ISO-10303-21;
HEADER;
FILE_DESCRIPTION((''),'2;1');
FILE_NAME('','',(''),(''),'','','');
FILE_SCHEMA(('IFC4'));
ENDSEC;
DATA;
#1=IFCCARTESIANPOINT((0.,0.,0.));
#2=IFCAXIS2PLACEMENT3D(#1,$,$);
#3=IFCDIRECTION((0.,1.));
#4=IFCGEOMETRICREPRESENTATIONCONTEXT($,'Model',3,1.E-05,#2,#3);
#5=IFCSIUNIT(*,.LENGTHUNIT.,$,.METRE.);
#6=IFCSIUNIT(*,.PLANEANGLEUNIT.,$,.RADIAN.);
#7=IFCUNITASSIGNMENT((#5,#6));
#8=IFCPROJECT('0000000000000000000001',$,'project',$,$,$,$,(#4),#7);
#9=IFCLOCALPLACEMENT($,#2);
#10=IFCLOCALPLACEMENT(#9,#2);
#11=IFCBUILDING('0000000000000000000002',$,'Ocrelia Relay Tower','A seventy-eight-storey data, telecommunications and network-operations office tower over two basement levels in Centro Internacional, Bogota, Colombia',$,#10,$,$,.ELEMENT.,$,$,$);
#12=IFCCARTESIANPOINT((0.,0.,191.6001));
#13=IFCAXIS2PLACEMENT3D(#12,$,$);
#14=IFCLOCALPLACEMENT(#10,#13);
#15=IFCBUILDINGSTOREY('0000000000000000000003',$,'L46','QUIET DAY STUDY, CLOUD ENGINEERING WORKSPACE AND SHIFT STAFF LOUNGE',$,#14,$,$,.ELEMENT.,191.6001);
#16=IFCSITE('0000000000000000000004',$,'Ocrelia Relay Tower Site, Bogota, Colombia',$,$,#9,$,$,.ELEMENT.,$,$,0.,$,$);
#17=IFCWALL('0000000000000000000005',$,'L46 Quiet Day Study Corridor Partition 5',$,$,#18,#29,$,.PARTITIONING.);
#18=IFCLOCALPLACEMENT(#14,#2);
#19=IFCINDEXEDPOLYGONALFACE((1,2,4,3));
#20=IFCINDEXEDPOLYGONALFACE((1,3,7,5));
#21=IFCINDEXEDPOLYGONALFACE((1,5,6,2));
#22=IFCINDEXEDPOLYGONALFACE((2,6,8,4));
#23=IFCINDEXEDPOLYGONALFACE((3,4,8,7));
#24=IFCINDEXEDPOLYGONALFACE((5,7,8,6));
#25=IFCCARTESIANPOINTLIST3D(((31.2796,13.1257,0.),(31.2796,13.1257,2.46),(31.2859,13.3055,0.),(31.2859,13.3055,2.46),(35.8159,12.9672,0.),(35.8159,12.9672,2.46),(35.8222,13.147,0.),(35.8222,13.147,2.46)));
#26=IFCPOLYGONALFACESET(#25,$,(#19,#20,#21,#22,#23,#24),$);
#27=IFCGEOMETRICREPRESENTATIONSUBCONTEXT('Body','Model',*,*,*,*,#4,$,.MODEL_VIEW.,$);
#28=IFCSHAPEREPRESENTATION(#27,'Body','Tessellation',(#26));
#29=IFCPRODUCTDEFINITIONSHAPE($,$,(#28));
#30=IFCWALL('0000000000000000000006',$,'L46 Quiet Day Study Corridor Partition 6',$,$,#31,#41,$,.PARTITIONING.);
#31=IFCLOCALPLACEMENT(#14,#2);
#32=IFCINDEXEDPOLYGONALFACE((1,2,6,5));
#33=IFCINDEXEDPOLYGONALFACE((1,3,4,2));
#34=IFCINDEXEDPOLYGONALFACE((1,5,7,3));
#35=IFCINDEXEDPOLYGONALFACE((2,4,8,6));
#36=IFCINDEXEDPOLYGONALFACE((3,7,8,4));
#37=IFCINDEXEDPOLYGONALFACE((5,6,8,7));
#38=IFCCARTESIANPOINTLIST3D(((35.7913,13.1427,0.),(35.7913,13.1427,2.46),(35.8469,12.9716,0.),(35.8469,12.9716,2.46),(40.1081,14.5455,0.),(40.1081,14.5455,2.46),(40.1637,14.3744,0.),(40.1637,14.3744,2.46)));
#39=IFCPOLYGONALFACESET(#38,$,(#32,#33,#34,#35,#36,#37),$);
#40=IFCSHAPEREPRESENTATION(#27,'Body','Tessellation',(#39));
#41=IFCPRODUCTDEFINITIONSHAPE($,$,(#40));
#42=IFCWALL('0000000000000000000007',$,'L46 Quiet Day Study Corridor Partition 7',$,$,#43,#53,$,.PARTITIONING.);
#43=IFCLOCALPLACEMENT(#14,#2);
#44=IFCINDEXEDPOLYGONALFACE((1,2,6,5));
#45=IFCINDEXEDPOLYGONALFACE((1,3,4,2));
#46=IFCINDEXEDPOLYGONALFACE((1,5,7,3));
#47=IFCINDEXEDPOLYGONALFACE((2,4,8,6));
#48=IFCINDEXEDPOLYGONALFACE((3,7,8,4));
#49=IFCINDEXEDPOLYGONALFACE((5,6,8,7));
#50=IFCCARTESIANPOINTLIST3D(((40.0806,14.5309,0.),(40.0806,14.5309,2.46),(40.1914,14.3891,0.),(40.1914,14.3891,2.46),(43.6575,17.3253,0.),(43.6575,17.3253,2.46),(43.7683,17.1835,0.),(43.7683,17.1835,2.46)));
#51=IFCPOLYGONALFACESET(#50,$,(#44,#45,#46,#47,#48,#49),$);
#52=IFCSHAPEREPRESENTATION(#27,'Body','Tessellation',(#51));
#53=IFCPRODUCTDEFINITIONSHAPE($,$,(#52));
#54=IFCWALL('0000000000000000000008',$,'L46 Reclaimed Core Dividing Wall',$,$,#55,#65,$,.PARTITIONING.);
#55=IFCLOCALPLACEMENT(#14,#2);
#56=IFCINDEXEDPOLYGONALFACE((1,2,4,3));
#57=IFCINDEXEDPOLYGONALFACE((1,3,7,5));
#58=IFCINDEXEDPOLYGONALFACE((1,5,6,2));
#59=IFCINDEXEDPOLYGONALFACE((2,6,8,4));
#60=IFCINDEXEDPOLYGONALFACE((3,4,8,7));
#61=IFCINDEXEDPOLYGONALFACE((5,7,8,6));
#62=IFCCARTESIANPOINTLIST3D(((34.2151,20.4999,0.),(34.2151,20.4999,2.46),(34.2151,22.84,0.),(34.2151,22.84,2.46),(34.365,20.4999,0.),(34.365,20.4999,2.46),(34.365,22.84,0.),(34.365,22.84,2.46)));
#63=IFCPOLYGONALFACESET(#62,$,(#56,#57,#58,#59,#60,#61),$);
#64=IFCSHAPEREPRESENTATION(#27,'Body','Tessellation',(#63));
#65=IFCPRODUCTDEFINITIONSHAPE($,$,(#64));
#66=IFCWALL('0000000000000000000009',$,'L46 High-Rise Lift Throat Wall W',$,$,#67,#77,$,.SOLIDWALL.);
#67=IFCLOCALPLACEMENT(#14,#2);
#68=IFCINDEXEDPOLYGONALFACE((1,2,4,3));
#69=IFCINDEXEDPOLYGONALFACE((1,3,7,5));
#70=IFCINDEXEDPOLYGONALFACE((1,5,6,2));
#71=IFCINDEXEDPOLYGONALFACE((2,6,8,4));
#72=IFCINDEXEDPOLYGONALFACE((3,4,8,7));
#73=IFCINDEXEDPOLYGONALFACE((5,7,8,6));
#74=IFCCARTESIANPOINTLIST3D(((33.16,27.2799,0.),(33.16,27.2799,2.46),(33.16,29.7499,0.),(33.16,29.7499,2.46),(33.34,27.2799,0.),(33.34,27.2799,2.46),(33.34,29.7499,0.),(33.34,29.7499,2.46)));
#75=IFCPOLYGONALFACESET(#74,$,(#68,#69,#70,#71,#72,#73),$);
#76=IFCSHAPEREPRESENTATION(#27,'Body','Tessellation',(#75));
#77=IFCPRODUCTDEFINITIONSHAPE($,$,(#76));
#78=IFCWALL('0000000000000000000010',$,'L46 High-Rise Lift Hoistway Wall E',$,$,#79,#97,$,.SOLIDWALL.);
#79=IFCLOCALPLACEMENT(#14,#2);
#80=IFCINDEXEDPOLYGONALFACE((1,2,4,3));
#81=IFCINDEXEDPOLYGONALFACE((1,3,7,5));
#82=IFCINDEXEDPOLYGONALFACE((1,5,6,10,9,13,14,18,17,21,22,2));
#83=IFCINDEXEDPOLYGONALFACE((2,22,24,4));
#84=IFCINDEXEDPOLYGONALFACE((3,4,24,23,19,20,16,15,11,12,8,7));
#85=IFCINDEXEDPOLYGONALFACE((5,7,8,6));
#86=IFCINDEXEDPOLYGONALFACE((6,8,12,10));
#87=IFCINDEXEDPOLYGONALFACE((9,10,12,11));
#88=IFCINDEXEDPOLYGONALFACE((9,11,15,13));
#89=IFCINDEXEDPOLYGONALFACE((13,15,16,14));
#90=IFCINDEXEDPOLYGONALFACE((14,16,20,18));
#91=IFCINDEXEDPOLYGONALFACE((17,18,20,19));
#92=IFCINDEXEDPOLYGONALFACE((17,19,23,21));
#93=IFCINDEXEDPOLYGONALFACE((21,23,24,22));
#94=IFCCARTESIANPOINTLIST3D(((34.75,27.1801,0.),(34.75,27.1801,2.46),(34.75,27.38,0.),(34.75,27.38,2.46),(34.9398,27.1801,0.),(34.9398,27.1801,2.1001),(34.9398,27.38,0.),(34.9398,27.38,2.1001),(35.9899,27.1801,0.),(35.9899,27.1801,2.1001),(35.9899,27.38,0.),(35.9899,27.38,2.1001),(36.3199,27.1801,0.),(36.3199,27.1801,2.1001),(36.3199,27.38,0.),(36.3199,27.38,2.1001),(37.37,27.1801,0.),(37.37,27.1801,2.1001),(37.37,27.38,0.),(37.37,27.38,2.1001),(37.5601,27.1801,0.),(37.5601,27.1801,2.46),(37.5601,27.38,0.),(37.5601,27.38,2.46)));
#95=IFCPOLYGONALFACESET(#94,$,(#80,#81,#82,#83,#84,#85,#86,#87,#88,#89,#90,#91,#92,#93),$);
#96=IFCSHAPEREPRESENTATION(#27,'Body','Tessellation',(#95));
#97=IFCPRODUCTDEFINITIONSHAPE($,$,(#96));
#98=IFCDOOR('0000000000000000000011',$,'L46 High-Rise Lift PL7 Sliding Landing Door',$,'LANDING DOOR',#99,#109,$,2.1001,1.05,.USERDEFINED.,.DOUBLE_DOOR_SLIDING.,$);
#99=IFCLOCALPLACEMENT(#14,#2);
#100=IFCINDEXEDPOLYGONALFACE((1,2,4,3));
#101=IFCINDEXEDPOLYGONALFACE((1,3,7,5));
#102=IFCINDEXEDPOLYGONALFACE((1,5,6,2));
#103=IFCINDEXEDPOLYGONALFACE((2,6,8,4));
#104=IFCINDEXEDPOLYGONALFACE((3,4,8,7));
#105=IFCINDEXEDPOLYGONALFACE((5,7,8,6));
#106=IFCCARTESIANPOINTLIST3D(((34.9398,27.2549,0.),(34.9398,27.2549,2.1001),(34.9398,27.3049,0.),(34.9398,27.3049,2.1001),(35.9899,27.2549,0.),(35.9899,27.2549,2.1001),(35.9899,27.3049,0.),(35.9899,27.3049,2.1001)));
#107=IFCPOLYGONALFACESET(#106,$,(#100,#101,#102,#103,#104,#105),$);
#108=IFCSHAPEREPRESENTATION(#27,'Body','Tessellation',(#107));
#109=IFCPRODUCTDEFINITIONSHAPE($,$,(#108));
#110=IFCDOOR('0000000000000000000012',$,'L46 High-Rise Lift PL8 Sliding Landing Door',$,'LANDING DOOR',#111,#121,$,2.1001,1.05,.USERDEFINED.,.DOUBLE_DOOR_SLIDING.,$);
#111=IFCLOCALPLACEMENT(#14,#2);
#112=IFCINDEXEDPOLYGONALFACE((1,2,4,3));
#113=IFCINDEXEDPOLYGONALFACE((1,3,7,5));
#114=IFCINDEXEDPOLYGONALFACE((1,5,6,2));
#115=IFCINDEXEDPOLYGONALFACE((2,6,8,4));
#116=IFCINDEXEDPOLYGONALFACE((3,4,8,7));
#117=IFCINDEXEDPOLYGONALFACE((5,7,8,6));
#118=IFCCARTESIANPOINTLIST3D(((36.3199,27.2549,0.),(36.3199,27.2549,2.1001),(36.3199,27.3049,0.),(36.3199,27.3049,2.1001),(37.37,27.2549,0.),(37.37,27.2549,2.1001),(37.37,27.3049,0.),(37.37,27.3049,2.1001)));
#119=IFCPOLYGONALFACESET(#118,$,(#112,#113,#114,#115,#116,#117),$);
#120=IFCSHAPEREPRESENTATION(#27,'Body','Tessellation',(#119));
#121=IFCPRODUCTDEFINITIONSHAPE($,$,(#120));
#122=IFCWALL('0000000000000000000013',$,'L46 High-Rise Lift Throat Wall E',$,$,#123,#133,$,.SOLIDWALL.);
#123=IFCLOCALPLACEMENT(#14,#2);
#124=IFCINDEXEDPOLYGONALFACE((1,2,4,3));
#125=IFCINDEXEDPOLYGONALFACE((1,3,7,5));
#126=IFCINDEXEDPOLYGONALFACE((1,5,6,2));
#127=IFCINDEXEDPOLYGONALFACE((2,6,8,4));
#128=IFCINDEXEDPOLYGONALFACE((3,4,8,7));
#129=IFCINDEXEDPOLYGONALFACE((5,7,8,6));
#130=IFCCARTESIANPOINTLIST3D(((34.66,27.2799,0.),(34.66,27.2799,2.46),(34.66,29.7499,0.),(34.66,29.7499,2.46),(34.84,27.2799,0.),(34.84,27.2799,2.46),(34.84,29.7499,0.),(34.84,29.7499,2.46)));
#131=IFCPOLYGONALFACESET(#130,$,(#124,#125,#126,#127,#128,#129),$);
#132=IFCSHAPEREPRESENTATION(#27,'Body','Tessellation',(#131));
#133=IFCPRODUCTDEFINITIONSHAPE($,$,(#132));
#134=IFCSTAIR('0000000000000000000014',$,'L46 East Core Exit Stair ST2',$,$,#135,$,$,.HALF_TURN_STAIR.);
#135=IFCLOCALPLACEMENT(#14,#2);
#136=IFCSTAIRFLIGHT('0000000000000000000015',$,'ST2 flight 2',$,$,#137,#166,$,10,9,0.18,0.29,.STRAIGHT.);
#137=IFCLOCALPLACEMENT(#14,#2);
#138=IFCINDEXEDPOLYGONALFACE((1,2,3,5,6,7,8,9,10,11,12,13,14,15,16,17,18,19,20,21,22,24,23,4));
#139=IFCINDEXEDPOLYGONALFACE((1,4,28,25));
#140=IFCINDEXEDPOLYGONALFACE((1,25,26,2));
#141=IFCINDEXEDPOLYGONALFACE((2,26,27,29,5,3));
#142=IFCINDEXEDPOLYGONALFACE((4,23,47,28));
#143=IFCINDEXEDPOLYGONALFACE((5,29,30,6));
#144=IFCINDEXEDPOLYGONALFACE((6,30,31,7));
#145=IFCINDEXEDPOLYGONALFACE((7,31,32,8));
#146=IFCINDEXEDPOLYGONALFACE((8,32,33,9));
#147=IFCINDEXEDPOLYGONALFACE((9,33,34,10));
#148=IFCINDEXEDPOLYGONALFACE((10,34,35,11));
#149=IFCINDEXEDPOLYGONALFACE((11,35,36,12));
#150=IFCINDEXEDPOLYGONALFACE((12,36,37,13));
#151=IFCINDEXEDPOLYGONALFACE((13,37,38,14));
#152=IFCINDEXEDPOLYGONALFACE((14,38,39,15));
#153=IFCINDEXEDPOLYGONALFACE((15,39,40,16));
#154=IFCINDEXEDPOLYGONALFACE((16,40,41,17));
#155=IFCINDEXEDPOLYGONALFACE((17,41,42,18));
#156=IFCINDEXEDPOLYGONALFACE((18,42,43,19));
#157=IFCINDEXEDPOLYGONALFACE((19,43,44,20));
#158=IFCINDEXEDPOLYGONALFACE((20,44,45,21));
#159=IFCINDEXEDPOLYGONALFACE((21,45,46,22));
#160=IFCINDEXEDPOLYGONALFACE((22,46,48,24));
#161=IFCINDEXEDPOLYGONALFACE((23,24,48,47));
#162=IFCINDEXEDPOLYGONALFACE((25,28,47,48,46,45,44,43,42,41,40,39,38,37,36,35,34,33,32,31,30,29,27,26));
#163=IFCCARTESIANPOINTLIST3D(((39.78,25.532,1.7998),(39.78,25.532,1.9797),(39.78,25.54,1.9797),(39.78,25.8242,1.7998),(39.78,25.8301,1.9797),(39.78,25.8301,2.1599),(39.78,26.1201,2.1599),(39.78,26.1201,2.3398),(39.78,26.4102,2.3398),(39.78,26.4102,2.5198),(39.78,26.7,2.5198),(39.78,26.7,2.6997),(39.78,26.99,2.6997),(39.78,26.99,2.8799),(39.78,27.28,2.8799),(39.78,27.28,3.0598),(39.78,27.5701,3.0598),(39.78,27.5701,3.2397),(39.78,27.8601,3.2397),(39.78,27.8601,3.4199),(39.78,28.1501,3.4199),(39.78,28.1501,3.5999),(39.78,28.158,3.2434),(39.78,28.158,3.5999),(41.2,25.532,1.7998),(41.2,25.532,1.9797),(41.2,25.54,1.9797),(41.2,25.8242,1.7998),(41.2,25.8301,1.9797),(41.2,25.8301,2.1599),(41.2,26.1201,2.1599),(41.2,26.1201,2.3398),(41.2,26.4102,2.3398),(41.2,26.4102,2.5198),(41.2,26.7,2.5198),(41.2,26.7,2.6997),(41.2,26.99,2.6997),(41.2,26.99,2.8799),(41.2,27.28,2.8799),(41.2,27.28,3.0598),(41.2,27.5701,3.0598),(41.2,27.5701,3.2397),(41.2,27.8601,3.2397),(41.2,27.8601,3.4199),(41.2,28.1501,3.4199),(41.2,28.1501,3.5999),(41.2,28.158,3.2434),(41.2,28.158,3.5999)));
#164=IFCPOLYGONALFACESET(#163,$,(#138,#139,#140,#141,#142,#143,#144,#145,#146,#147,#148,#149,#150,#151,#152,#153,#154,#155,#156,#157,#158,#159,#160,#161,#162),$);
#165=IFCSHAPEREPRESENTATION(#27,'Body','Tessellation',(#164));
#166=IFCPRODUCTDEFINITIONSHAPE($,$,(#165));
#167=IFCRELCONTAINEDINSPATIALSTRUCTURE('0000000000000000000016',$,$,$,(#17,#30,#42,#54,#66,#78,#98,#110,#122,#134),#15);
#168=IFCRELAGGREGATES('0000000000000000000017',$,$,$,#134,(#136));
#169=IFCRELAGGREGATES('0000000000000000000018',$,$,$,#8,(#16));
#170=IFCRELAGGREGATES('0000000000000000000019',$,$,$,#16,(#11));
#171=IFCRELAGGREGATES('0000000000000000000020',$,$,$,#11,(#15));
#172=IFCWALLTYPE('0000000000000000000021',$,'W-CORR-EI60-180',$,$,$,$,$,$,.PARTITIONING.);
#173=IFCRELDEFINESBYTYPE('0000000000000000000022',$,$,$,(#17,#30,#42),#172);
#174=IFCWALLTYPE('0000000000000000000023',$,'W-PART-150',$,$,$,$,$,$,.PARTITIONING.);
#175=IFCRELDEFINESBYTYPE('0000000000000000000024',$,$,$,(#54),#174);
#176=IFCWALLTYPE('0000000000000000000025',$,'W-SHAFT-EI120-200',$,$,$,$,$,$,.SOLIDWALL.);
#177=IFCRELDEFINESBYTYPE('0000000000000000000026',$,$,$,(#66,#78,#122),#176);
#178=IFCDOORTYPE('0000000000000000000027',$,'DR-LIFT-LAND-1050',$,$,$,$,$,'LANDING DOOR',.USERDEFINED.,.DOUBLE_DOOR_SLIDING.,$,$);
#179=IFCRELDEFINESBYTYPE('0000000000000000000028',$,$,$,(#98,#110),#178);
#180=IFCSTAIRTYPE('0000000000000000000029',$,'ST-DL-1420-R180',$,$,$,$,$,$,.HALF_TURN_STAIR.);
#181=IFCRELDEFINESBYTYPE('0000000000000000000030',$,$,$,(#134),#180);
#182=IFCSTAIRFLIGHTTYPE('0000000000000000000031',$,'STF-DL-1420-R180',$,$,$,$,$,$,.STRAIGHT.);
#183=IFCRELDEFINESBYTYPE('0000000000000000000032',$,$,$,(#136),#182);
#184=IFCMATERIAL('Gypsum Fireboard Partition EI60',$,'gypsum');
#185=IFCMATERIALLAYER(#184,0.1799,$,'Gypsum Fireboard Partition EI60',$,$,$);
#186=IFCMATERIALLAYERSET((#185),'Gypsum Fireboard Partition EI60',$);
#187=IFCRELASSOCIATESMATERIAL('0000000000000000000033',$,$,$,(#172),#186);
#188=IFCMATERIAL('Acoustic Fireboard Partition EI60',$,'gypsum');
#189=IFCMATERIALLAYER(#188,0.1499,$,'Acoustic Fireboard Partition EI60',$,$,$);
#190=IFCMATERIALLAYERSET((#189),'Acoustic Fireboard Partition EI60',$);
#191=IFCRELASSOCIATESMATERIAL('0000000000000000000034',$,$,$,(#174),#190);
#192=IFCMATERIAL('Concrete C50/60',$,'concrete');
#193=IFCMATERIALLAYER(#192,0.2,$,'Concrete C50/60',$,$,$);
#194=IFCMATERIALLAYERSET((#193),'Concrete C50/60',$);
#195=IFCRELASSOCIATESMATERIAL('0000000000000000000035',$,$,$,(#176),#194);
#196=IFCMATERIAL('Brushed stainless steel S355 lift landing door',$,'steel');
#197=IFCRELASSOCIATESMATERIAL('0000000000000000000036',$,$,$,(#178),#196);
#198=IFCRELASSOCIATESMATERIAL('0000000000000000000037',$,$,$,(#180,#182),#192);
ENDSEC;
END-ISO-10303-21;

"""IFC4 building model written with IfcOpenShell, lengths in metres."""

from ifc_helpers import new_model, si_unit, direction, frame, frame_2d, origin, place, context, subcontext, project, spatial, polyline, rectangle, outline, extrude, material, layer, layer_set, type_object, element, fill, aggregate, save


model = new_model("IFC4")

# Units and contexts
model_context = context("Model", 3, precision=1e-05, world=origin(), true_north=direction((0.0, 1.0)))
body_context = subcontext(model_context, "Body", "Model", "MODEL_VIEW")
ifc_project = project(units=[si_unit("LENGTHUNIT", "METRE"), si_unit("PLANEANGLEUNIT", "RADIAN")], contexts=[model_context])

# Site, building, storey
site_placement = place(None, origin())
site = spatial("IfcSite", under=ifc_project, at=site_placement, Name="Ocrelia Relay Tower Site, Bogota, Colombia", CompositionType="ELEMENT", RefElevation=0.0)
building_placement = place(site_placement, origin())
building = spatial("IfcBuilding", under=site, at=building_placement, Name="Ocrelia Relay Tower", Description="A seventy-eight-storey data, telecommunications and network-operations office tower over two basement levels in Centro Internacional, Bogota, Colombia", CompositionType="ELEMENT")
storey_placement = place(building_placement, frame((0.0, 0.0, 191.6001)))
storey = spatial("IfcBuildingStorey", under=building, at=storey_placement, Name="L46", Description="QUIET DAY STUDY, CLOUD ENGINEERING WORKSPACE AND SHIFT STAFF LOUNGE", CompositionType="ELEMENT", Elevation=191.6001)

# Walls
ifc_material_1 = material(Name="Gypsum Fireboard Partition EI60", Category="gypsum")
ifc_layer_1 = layer(ifc_material_1, 0.1799, Name="Gypsum Fireboard Partition EI60")
ifc_layer_set_1 = layer_set([ifc_layer_1], Name="Gypsum Fireboard Partition EI60")
wall_type_1 = type_object("IfcWallType", Name="W-CORR-EI60-180", PredefinedType="PARTITIONING", material=ifc_layer_set_1)
for number, where, z_axis, x_axis, name in (
    (1, (31.2827, 13.2156, 0.0), (0.0, 0.0, 1.0), (0.999391, -0.034907, 0.0), "L46 Quiet Day Study Corridor Partition 5"),
    (2, (35.8191, 13.0571, 0.0), (0.0, 0.0, 1.0), (0.951044, 0.309054, 0.0), "L46 Quiet Day Study Corridor Partition 6"),
    (3, (40.136, 14.46, 0.0), (0.0, 0.0, 1.0), (0.788027, 0.615641, 0.0), "L46 Quiet Day Study Corridor Partition 7"),
):
    element("IfcWall", number, at=place(storey_placement, frame(where, z_axis=z_axis, x_axis=x_axis)), inside=storey, type_object=wall_type_1, Name=name, PredefinedType="PARTITIONING", context=body_context, shape_type="SweptSolid", body=[
        extrude(rectangle(XDim=4.5391, YDim=0.1799, at=frame_2d((2.2695, 0.0))), origin(), (0.0, 0.0, 1.0), 2.46),
    ])
ifc_material_2 = material(Name="Acoustic Fireboard Partition EI60", Category="gypsum")
ifc_layer_2 = layer(ifc_material_2, 0.1499, Name="Acoustic Fireboard Partition EI60")
ifc_layer_set_2 = layer_set([ifc_layer_2], Name="Acoustic Fireboard Partition EI60")
wall_type_2 = type_object("IfcWallType", Name="W-PART-150", PredefinedType="PARTITIONING", material=ifc_layer_set_2)
wall_1_placement = place(storey_placement, frame((34.29, 20.5, 0.0), z_axis=(0.0, 0.0, 1.0), x_axis=(0.0, 1.0, 0.0)))
element("IfcWall", 4, at=wall_1_placement, inside=storey, type_object=wall_type_2, Name="L46 Reclaimed Core Dividing Wall", PredefinedType="PARTITIONING", context=body_context, shape_type="SweptSolid", body=[
    extrude(rectangle(XDim=2.3401, YDim=0.1499, at=frame_2d((1.1699, 0.0))), origin(), (0.0, 0.0, 1.0), 2.46),
])
ifc_material_3 = material(Name="Concrete C50/60", Category="concrete")
ifc_layer_3 = layer(ifc_material_3, 0.2, Name="Concrete C50/60")
ifc_layer_set_3 = layer_set([ifc_layer_3], Name="Concrete C50/60")
wall_type_3 = type_object("IfcWallType", Name="W-SHAFT-EI120-200", PredefinedType="SOLIDWALL", material=ifc_layer_set_3)
wall_2_placement = place(storey_placement, frame((33.25, 27.28, 0.0), z_axis=(0.0, 0.0, 1.0), x_axis=(0.0, 1.0, 0.0)))
element("IfcWall", 5, at=wall_2_placement, inside=storey, type_object=wall_type_3, Name="L46 High-Rise Lift Throat Wall W", PredefinedType="SOLIDWALL", context=body_context, shape_type="SweptSolid", body=[
    extrude(rectangle(XDim=2.47, YDim=0.1799, at=frame_2d((1.2349, 0.0))), origin(), (0.0, 0.0, 1.0), 2.46),
])

# Wall, openings, doors
wall_3_placement = place(storey_placement, frame((34.75, 27.28, 0.0), z_axis=(0.0, 0.0, 1.0), x_axis=(1.0, 0.0, 0.0)))
wall_3 = element("IfcWall", 6, at=wall_3_placement, inside=storey, type_object=wall_type_3, Name="L46 High-Rise Lift Hoistway Wall E", PredefinedType="SOLIDWALL", context=body_context, shape_type="SweptSolid", body=[
    extrude(rectangle(XDim=2.8101, YDim=0.2, at=frame_2d((1.405, 0.0))), origin(), (0.0, 0.0, 1.0), 2.46),
])
opening_1_placement = place(wall_3_placement, frame((0.1899, 0.0, 0.0)))
opening_1 = element("IfcOpeningElement", 7, at=opening_1_placement, cuts=wall_3, PredefinedType="OPENING", context=body_context, shape_type="SweptSolid", body=[
    extrude(rectangle(XDim=1.05, YDim=2.1001, at=frame_2d((0.5249, 1.05))), frame((0.0, 0.1099, 0.0), z_axis=(0.0, -1.0, 0.0), x_axis=(1.0, 0.0, 0.0)), (0.0, 0.0, 1.0), 0.22),
])
opening_2_placement = place(wall_3_placement, frame((1.5701, 0.0, 0.0)))
opening_2 = element("IfcOpeningElement", 8, at=opening_2_placement, cuts=wall_3, PredefinedType="OPENING", context=body_context, shape_type="SweptSolid", body=[
    extrude(rectangle(XDim=1.05, YDim=2.1001, at=frame_2d((0.5249, 1.05))), frame((0.0, 0.1099, 0.0), z_axis=(0.0, -1.0, 0.0), x_axis=(1.0, 0.0, 0.0)), (0.0, 0.0, 1.0), 0.22),
])
ifc_material_4 = material(Name="Brushed stainless steel S355 lift landing door", Category="steel")
door_type = type_object("IfcDoorType", Name="DR-LIFT-LAND-1050", ElementType="LANDING DOOR", OperationType="DOUBLE_DOOR_SLIDING", PredefinedType="USERDEFINED", material=ifc_material_4)
door_1_placement = place(opening_1_placement, origin())
door_1 = element("IfcDoor", 9, at=door_1_placement, inside=storey, type_object=door_type, Name="L46 High-Rise Lift PL7 Sliding Landing Door", ObjectType="LANDING DOOR", OperationType="DOUBLE_DOOR_SLIDING", OverallHeight=2.1001, OverallWidth=1.05, PredefinedType="USERDEFINED", context=body_context, shape_type="SweptSolid", body=[
    extrude(rectangle(XDim=1.05, YDim=2.1001, at=frame_2d((0.5249, 1.05))), frame((0.0, 0.0249, 0.0), z_axis=(0.0, -1.0, 0.0), x_axis=(1.0, 0.0, 0.0)), (0.0, 0.0, 1.0), 0.05),
])
fill(opening_1, door_1)
door_2_placement = place(opening_2_placement, origin())
door_2 = element("IfcDoor", 10, at=door_2_placement, inside=storey, type_object=door_type, Name="L46 High-Rise Lift PL8 Sliding Landing Door", ObjectType="LANDING DOOR", OperationType="DOUBLE_DOOR_SLIDING", OverallHeight=2.1001, OverallWidth=1.05, PredefinedType="USERDEFINED", context=body_context, shape_type="SweptSolid", body=[
    extrude(rectangle(XDim=1.05, YDim=2.1001, at=frame_2d((0.5249, 1.05))), frame((0.0, 0.0249, 0.0), z_axis=(0.0, -1.0, 0.0), x_axis=(1.0, 0.0, 0.0)), (0.0, 0.0, 1.0), 0.05),
])
fill(opening_2, door_2)

# Wall
wall_4_placement = place(storey_placement, frame((34.75, 27.28, 0.0), z_axis=(0.0, 0.0, 1.0), x_axis=(0.0, 1.0, 0.0)))
element("IfcWall", 11, at=wall_4_placement, inside=storey, type_object=wall_type_3, Name="L46 High-Rise Lift Throat Wall E", PredefinedType="SOLIDWALL", context=body_context, shape_type="SweptSolid", body=[
    extrude(rectangle(XDim=2.47, YDim=0.1799, at=frame_2d((1.2349, 0.0))), origin(), (0.0, 0.0, 1.0), 2.46),
])

# Stair, stair flight
stair_type = type_object("IfcStairType", Name="ST-DL-1420-R180", PredefinedType="HALF_TURN_STAIR", material=ifc_material_3)
stair_placement = place(storey_placement, origin())
stair = element("IfcStair", 12, at=stair_placement, inside=storey, type_object=stair_type, Name="L46 East Core Exit Stair ST2", PredefinedType="HALF_TURN_STAIR")
stair_flight_type = type_object("IfcStairFlightType", Name="STF-DL-1420-R180", PredefinedType="STRAIGHT", material=ifc_material_3)
stair_flight_placement = place(storey_placement, frame((40.49, 25.54, 1.7998), z_axis=(0.0, 0.0, 1.0), x_axis=(0.0, 1.0, 0.0)))
stair_flight = element("IfcStairFlight", 13, at=stair_flight_placement, type_object=stair_flight_type, Name="ST2 flight 2", NumberOfRisers=10, NumberOfTreads=9, PredefinedType="STRAIGHT", RiserHeight=0.18, TreadLength=0.29, context=body_context, shape_type="SweptSolid", body=[
    extrude(outline(polyline([(-0.0081, 0.0), (-0.0081, 0.1799), (0.0, 0.1799), (0.29, 0.1799), (0.29, 0.3601), (0.5801, 0.3601), (0.5801, 0.54), (0.8701, 0.54), (0.8701, 0.72), (1.1599, 0.72), (1.1599, 0.8999), (1.45, 0.8999), (1.45, 1.0801), (1.74, 1.0801), (1.74, 1.26), (2.03, 1.26), (2.03, 1.4399), (2.3201, 1.4399), (2.3201, 1.6201), (2.6101, 1.6201), (2.6101, 1.8), (2.6179, 1.8), (2.6179, 1.4436), (0.2842, 0.0), (-0.0081, 0.0)])), frame((0.0, 0.71, 0.0), z_axis=(0.0, -1.0, 0.0), x_axis=(1.0, 0.0, 0.0)), (0.0, 0.0, 1.0), 1.4199),
])
aggregate(stair, [stair_flight])

save(model, "model.ifc")
